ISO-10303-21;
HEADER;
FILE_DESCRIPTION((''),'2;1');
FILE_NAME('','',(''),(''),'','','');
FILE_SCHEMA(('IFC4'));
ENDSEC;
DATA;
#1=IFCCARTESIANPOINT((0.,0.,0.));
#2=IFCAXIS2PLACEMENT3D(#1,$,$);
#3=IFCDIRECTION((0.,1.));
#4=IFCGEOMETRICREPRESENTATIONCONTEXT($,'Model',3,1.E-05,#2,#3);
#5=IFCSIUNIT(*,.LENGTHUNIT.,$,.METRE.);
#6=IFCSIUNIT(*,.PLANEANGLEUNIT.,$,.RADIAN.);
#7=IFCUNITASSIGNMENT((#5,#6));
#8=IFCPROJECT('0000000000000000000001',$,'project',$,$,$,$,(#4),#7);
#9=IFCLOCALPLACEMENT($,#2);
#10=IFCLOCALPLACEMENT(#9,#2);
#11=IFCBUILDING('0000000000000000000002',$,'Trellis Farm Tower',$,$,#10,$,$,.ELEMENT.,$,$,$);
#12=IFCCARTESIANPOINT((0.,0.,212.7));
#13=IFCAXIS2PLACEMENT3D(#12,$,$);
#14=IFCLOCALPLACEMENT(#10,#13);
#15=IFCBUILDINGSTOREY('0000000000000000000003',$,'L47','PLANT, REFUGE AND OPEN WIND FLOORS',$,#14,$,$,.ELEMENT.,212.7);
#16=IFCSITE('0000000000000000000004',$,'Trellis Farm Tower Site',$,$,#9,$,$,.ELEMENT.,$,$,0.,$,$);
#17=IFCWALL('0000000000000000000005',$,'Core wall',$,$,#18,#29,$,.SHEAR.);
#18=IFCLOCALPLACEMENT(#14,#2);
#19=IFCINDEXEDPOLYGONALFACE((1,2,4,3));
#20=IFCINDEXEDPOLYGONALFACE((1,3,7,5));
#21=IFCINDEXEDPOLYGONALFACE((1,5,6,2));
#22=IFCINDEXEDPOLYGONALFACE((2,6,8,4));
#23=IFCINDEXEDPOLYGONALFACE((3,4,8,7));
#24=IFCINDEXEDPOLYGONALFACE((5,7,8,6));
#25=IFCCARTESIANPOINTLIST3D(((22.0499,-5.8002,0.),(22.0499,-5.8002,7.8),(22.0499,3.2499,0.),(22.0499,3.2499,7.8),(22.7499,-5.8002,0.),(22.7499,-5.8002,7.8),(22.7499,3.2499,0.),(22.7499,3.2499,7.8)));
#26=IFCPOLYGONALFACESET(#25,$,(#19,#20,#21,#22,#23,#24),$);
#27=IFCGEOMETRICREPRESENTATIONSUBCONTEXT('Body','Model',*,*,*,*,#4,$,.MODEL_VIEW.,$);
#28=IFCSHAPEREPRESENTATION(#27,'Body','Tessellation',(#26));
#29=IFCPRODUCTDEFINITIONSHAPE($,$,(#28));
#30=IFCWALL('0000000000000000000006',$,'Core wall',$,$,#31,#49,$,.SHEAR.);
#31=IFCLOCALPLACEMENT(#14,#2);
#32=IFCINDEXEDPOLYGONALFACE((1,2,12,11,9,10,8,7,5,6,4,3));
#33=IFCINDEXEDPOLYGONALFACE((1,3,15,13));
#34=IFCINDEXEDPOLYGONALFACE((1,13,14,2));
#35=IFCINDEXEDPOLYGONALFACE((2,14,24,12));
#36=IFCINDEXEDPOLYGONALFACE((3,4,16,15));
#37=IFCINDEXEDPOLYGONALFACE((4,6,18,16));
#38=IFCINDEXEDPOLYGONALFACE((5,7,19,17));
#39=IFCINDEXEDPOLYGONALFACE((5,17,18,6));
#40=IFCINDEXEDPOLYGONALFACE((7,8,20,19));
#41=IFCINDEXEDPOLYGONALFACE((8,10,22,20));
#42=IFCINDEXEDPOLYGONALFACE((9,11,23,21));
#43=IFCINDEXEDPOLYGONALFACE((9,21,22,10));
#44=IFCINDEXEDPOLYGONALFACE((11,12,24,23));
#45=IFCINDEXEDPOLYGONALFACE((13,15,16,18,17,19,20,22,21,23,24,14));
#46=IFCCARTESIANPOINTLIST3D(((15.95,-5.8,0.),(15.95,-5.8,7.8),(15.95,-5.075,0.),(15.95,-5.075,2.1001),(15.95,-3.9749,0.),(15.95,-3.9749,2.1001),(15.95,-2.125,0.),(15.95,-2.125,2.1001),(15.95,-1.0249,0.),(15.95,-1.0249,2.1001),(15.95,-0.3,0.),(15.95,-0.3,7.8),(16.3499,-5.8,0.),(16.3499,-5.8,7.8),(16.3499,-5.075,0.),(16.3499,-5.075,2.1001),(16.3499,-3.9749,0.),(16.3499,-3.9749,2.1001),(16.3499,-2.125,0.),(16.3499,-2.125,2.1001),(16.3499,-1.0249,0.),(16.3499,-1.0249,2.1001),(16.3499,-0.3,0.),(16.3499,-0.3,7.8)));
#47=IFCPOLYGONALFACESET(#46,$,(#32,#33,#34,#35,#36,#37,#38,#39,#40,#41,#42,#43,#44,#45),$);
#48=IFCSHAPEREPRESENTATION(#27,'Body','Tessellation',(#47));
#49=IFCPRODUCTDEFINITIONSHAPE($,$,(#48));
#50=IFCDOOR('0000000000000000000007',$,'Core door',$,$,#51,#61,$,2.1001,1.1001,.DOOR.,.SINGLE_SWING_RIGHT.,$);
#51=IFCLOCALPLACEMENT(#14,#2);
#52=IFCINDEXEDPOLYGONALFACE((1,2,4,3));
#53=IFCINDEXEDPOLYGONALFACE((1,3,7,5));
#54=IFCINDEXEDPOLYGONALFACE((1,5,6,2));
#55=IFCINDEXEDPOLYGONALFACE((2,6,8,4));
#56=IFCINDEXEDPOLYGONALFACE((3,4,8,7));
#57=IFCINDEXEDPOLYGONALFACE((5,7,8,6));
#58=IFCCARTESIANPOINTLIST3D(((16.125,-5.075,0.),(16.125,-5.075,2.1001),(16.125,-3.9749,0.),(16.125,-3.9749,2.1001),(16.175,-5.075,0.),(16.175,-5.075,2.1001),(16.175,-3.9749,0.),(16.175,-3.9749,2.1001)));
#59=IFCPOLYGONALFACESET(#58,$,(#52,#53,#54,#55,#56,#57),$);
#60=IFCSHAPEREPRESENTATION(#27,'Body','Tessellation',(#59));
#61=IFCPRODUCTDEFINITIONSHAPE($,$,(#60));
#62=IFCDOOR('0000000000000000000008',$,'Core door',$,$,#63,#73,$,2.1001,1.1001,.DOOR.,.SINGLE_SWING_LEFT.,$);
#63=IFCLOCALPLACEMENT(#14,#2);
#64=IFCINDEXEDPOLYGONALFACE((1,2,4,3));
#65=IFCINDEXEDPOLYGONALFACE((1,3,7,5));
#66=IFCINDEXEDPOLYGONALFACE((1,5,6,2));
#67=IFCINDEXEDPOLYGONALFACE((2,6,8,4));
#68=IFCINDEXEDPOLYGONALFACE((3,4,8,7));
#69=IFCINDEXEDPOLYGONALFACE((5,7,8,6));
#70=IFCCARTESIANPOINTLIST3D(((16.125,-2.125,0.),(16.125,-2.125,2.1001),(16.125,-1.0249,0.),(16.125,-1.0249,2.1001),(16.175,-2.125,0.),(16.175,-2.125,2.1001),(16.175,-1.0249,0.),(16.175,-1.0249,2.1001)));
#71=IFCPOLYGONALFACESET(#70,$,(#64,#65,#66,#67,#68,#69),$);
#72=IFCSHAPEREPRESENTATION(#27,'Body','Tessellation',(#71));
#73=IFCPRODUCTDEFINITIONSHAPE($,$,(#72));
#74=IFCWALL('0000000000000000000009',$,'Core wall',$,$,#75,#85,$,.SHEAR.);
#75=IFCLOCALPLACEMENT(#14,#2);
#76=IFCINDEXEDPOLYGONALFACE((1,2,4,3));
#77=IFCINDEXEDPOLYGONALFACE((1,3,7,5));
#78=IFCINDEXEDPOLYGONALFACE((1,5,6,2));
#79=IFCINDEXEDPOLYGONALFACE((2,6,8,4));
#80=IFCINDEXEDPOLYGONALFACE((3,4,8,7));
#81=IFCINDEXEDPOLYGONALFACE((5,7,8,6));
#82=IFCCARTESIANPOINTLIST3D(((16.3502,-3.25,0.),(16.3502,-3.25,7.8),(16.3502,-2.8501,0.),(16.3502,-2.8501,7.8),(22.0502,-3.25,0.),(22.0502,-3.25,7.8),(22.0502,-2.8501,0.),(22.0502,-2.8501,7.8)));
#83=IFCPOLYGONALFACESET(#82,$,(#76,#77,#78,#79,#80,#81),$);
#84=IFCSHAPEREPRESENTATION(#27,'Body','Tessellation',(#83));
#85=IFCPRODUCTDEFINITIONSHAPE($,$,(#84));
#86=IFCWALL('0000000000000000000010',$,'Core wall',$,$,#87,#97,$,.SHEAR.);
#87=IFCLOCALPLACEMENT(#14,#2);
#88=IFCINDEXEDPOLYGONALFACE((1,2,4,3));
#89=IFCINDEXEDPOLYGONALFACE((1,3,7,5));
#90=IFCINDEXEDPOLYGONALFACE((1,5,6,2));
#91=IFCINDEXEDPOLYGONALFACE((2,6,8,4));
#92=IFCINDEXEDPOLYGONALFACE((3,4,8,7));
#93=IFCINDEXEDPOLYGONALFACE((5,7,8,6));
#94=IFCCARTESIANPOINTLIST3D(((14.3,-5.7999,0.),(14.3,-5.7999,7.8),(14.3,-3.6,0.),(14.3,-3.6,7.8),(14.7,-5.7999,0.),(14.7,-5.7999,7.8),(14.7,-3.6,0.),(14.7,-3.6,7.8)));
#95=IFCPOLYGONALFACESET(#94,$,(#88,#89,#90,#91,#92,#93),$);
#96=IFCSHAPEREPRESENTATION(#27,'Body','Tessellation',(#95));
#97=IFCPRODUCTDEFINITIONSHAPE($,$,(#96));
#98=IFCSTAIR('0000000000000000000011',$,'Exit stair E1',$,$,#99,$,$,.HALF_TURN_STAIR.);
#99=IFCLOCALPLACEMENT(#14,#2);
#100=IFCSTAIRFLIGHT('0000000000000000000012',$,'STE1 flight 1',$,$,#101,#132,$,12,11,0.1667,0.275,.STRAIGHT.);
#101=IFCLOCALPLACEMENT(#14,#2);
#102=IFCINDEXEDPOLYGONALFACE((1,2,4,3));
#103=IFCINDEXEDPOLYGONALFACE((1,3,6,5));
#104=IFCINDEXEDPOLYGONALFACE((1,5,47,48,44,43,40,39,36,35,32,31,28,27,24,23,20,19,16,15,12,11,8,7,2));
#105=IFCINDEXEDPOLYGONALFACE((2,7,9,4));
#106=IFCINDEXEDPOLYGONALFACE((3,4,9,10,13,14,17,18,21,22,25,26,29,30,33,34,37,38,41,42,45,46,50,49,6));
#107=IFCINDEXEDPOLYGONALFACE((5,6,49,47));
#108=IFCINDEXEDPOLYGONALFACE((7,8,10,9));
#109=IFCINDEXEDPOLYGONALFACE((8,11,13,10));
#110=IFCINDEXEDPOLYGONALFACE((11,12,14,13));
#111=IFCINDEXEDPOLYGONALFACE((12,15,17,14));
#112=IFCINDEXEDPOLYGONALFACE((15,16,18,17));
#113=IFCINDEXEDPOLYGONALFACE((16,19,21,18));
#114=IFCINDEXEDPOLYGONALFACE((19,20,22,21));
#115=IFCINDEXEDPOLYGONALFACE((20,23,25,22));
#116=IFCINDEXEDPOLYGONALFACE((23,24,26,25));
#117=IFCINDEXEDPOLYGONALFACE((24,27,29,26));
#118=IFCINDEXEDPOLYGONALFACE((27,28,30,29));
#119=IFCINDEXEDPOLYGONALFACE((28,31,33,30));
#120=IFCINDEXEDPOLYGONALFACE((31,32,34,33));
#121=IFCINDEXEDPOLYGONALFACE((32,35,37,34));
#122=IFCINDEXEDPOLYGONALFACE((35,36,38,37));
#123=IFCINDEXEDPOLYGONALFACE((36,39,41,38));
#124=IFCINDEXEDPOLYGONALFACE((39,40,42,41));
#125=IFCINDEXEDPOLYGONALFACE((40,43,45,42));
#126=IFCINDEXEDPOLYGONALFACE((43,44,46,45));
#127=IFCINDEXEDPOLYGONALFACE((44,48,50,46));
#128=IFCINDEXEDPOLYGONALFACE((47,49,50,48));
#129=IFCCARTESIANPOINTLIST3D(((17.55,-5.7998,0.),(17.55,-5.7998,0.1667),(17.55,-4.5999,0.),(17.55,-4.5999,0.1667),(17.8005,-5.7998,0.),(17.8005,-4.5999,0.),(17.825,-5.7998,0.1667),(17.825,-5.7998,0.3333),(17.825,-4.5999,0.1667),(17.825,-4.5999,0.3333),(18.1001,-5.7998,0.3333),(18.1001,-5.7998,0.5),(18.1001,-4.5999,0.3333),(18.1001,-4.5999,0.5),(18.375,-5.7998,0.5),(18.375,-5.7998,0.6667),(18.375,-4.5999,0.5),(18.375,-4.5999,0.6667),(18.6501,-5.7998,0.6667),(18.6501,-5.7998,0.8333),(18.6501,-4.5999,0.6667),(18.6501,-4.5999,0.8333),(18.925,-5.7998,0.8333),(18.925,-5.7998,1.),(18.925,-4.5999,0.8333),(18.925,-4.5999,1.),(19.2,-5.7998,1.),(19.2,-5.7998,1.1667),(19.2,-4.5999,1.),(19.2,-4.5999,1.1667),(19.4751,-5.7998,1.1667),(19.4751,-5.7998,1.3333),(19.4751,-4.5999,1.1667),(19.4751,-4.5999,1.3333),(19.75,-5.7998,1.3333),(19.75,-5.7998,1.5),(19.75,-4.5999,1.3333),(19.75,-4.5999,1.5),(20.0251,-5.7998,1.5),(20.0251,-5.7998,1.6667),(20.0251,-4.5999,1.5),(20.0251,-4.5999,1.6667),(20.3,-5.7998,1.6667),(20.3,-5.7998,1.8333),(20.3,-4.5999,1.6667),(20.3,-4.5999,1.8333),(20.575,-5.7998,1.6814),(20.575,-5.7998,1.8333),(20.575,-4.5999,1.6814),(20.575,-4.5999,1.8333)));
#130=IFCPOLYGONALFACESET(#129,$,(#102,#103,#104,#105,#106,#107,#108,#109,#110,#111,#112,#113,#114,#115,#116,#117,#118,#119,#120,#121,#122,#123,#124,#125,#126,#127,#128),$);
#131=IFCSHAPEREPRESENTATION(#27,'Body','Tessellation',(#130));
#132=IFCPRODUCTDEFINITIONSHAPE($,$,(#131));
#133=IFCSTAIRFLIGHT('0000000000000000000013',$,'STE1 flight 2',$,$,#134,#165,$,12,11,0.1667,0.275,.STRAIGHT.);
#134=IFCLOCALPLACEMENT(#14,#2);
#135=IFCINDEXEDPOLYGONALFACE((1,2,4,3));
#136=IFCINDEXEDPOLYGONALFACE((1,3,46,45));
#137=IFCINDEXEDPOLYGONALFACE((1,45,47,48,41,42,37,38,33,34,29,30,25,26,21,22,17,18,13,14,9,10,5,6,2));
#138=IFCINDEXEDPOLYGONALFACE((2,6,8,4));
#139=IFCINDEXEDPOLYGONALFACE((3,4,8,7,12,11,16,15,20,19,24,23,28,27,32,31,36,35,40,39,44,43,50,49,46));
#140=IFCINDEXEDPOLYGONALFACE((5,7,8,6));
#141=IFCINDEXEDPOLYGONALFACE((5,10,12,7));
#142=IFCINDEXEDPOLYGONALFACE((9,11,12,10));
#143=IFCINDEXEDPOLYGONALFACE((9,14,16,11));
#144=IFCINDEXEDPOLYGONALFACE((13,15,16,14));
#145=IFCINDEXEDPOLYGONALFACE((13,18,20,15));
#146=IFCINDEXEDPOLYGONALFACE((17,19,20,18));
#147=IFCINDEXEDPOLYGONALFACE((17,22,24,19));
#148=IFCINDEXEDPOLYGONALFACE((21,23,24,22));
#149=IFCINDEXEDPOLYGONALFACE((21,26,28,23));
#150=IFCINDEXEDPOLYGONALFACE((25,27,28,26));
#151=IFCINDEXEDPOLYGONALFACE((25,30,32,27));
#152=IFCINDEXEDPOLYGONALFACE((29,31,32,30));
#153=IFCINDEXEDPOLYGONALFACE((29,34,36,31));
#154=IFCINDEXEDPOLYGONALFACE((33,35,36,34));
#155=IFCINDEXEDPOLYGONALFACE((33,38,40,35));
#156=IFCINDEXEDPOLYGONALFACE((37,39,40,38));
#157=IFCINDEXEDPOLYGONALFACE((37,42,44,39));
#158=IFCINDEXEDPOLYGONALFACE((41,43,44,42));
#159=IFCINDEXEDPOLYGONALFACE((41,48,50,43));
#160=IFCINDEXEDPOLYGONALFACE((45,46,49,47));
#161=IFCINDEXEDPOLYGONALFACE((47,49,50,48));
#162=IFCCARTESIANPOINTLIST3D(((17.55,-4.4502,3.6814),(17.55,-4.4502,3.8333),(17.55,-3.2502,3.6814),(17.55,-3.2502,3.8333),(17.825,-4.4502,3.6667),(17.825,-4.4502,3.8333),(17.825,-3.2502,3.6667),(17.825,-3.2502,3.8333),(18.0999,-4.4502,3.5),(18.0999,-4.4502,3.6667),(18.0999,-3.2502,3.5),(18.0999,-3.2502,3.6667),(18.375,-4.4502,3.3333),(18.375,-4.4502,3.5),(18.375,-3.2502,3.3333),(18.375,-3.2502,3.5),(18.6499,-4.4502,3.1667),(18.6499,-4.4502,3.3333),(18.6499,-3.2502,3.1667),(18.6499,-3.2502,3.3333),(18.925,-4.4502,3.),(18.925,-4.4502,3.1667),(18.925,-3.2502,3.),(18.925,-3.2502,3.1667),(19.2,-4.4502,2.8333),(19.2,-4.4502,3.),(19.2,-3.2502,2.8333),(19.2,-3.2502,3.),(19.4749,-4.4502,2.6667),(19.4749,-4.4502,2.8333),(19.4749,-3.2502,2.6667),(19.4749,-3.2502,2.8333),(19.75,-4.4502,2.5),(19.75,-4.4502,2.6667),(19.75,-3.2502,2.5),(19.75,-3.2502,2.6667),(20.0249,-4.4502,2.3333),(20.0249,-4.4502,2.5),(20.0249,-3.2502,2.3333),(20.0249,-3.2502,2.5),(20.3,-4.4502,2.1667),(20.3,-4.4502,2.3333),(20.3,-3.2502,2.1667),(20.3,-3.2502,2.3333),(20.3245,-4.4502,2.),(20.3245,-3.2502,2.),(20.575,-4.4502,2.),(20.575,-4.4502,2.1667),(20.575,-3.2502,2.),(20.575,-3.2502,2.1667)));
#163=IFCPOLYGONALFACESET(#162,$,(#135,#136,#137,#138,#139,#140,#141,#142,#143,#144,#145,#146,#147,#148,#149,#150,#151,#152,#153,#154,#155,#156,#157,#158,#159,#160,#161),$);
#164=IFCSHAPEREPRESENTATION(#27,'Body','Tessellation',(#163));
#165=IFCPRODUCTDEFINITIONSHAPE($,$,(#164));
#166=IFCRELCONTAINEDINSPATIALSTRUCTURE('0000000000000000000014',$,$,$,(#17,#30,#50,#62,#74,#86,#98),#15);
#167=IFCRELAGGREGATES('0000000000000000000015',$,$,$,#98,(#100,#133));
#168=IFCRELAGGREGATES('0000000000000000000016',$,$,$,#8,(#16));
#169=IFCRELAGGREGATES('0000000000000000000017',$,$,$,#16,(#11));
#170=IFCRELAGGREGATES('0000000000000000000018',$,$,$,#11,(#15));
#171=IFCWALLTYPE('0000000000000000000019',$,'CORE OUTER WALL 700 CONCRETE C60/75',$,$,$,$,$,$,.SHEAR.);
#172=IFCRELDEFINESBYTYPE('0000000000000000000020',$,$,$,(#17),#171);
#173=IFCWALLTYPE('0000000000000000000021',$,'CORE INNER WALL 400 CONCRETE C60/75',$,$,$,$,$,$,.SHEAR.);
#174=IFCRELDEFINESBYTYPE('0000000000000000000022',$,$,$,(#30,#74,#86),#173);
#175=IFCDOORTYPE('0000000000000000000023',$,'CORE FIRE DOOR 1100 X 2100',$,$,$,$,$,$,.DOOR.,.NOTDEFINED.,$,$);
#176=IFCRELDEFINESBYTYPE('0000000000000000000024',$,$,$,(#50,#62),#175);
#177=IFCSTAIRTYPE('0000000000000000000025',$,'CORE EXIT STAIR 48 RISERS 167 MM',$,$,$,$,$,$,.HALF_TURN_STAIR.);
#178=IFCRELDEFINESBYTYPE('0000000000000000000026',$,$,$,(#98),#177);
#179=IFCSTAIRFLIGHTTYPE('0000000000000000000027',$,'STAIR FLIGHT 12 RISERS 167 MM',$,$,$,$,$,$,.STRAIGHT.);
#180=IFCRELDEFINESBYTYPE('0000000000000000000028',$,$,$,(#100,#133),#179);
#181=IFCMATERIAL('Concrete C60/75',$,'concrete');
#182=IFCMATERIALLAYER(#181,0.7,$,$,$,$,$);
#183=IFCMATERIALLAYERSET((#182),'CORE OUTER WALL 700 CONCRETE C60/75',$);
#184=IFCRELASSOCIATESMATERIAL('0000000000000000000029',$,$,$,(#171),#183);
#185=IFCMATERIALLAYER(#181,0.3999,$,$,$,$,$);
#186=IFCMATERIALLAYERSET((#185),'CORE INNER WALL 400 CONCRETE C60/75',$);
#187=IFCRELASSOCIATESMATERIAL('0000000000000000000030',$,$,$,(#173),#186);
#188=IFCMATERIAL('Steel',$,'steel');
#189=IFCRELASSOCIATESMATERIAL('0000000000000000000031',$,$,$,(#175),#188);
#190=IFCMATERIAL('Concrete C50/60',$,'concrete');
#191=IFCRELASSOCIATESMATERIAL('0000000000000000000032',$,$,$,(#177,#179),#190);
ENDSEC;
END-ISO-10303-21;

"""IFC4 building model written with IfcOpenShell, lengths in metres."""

from ifc_helpers import new_model, si_unit, direction, frame, frame_2d, origin, place, context, subcontext, project, spatial, polyline, rectangle, outline, extrude, source, transform, mapped, material, layer, layer_set, type_object, element, fill, aggregate, save


model = new_model("IFC4")

# Units and contexts
model_context = context("Model", 3, precision=1e-05, world=origin(), true_north=direction((0.0, 1.0)))
body_context = subcontext(model_context, "Body", "Model", "MODEL_VIEW")
ifc_project = project(units=[si_unit("LENGTHUNIT", "METRE"), si_unit("PLANEANGLEUNIT", "RADIAN")], contexts=[model_context])

# Site, building, storey
site_placement = place(None, origin())
site = spatial("IfcSite", under=ifc_project, at=site_placement, Name="Trellis Farm Tower Site", CompositionType="ELEMENT", RefElevation=0.0)
building_placement = place(site_placement, origin())
building = spatial("IfcBuilding", under=site, at=building_placement, Name="Trellis Farm Tower", CompositionType="ELEMENT")
storey_placement = place(building_placement, frame((0.0, 0.0, 212.7)))
storey = spatial("IfcBuildingStorey", under=building, at=storey_placement, Name="L47", Description="PLANT, REFUGE AND OPEN WIND FLOORS", CompositionType="ELEMENT", Elevation=212.7)

# Wall
ifc_material_1 = material(Name="Concrete C60/75", Category="concrete")
ifc_layer_1 = layer(ifc_material_1, 0.7)
ifc_layer_set_1 = layer_set([ifc_layer_1], Name="CORE OUTER WALL 700 CONCRETE C60/75")
wall_type_1 = type_object("IfcWallType", Name="CORE OUTER WALL 700 CONCRETE C60/75", PredefinedType="SHEAR", material=ifc_layer_set_1)
shared_shape_1 = source(origin(), body_context, "Body", "SweptSolid", [
    extrude(rectangle(XDim=9.05, YDim=0.7, at=frame_2d((4.5249, 0.0))), origin(), (0.0, 0.0, 1.0), 7.8),
])
wall_1_placement = place(storey_placement, frame((22.3999, -5.8, 0.0), z_axis=(0.0, 0.0, 1.0), x_axis=(0.0, 1.0, 0.0)))
element("IfcWall", 1, at=wall_1_placement, inside=storey, type_object=wall_type_1, Name="Core wall", PredefinedType="SHEAR", context=body_context, shape_type="MappedRepresentation", body=[
    mapped(shared_shape_1, transform((0.0, 0.0, 0.0))),
])

# Wall, openings, doors
ifc_layer_2 = layer(ifc_material_1, 0.3999)
ifc_layer_set_2 = layer_set([ifc_layer_2], Name="CORE INNER WALL 400 CONCRETE C60/75")
wall_type_2 = type_object("IfcWallType", Name="CORE INNER WALL 400 CONCRETE C60/75", PredefinedType="SHEAR", material=ifc_layer_set_2)
shared_shape_2 = source(origin(), body_context, "Body", "SweptSolid", [
    extrude(rectangle(XDim=5.5, YDim=0.3999, at=frame_2d((2.75, 0.0))), origin(), (0.0, 0.0, 1.0), 7.8),
])
wall_2_placement = place(storey_placement, frame((16.1499, -5.8, 0.0), z_axis=(0.0, 0.0, 1.0), x_axis=(0.0, 1.0, 0.0)))
wall_2 = element("IfcWall", 2, at=wall_2_placement, inside=storey, type_object=wall_type_2, Name="Core wall", PredefinedType="SHEAR", context=body_context, shape_type="MappedRepresentation", body=[
    mapped(shared_shape_2, transform((0.0, 0.0, 0.0))),
])
shared_shape_3 = source(origin(), body_context, "Body", "SweptSolid", [
    extrude(rectangle(XDim=1.1001, YDim=2.1001, at=frame_2d((0.55, 1.05))), frame((0.0, 0.21, 0.0), z_axis=(0.0, -1.0, 0.0), x_axis=(1.0, 0.0, 0.0)), (0.0, 0.0, 1.0), 0.4199),
])
opening_1_placement = place(wall_2_placement, frame((0.7251, 0.0, 0.0)))
opening_1 = element("IfcOpeningElement", 3, at=opening_1_placement, cuts=wall_2, PredefinedType="OPENING", context=body_context, shape_type="MappedRepresentation", body=[
    mapped(shared_shape_3, transform((0.0, 0.0, 0.0))),
])
opening_2_placement = place(wall_2_placement, frame((3.675, 0.0, 0.0)))
opening_2 = element("IfcOpeningElement", 4, at=opening_2_placement, cuts=wall_2, PredefinedType="OPENING", context=body_context, shape_type="MappedRepresentation", body=[
    mapped(shared_shape_3, transform((0.0, 0.0, 0.0))),
])
ifc_material_2 = material(Name="Steel", Category="steel")
door_type = type_object("IfcDoorType", Name="CORE FIRE DOOR 1100 X 2100", OperationType="NOTDEFINED", PredefinedType="DOOR", material=ifc_material_2)
shared_shape_4 = source(origin(), body_context, "Body", "SweptSolid", [
    extrude(rectangle(XDim=1.1001, YDim=2.1001, at=frame_2d((0.55, 1.05))), frame((0.0, 0.0249, 0.0), z_axis=(0.0, -1.0, 0.0), x_axis=(1.0, 0.0, 0.0)), (0.0, 0.0, 1.0), 0.05),
])
door_1_placement = place(opening_1_placement, origin())
door_1 = element("IfcDoor", 5, at=door_1_placement, inside=storey, type_object=door_type, Name="Core door", OperationType="SINGLE_SWING_RIGHT", OverallHeight=2.1001, OverallWidth=1.1001, PredefinedType="DOOR", context=body_context, shape_type="MappedRepresentation", body=[
    mapped(shared_shape_4, transform((0.0, 0.0, 0.0))),
])
fill(opening_1, door_1)
door_2_placement = place(opening_2_placement, origin())
door_2 = element("IfcDoor", 6, at=door_2_placement, inside=storey, type_object=door_type, Name="Core door", OperationType="SINGLE_SWING_LEFT", OverallHeight=2.1001, OverallWidth=1.1001, PredefinedType="DOOR", context=body_context, shape_type="MappedRepresentation", body=[
    mapped(shared_shape_4, transform((0.0, 0.0, 0.0))),
])
fill(opening_2, door_2)

# Walls
shared_shape_5 = source(origin(), body_context, "Body", "SweptSolid", [
    extrude(rectangle(XDim=5.7, YDim=0.3999, at=frame_2d((2.8501, 0.0))), origin(), (0.0, 0.0, 1.0), 7.8),
])
wall_3_placement = place(storey_placement, frame((16.3501, -3.05, 0.0), z_axis=(0.0, 0.0, 1.0), x_axis=(1.0, 0.0, 0.0)))
element("IfcWall", 7, at=wall_3_placement, inside=storey, type_object=wall_type_2, Name="Core wall", PredefinedType="SHEAR", context=body_context, shape_type="MappedRepresentation", body=[
    mapped(shared_shape_5, transform((0.0, 0.0, 0.0))),
])
shared_shape_6 = source(origin(), body_context, "Body", "SweptSolid", [
    extrude(rectangle(XDim=2.2, YDim=0.3999, at=frame_2d((1.1001, 0.0))), origin(), (0.0, 0.0, 1.0), 7.8),
])
wall_4_placement = place(storey_placement, frame((14.5, -5.8, 0.0), z_axis=(0.0, 0.0, 1.0), x_axis=(0.0, 1.0, 0.0)))
element("IfcWall", 8, at=wall_4_placement, inside=storey, type_object=wall_type_2, Name="Core wall", PredefinedType="SHEAR", context=body_context, shape_type="MappedRepresentation", body=[
    mapped(shared_shape_6, transform((0.0, 0.0, 0.0))),
])

# Stair, stair flights
ifc_material_3 = material(Name="Concrete C50/60", Category="concrete")
stair_type = type_object("IfcStairType", Name="CORE EXIT STAIR 48 RISERS 167 MM", PredefinedType="HALF_TURN_STAIR", material=ifc_material_3)
placement = place(storey_placement, origin())
stair_1 = element("IfcStair", 9, at=placement, inside=storey, type_object=stair_type, Name="Exit stair E1", PredefinedType="HALF_TURN_STAIR")
stair_flight_type = type_object("IfcStairFlightType", Name="STAIR FLIGHT 12 RISERS 167 MM", PredefinedType="STRAIGHT", material=ifc_material_3)
shared_shape_7 = source(origin(), body_context, "Body", "SweptSolid", [
    extrude(outline(polyline([(0.0, 0.0), (0.0, 0.1667), (0.2749, 0.1667), (0.2749, 0.3333), (0.55, 0.3333), (0.55, 0.5), (0.825, 0.5), (0.825, 0.6667), (1.1001, 0.6667), (1.1001, 0.8333), (1.375, 0.8333), (1.375, 1.0), (1.6499, 1.0), (1.6499, 1.1667), (1.925, 1.1667), (1.925, 1.3333), (2.2, 1.3333), (2.2, 1.5), (2.4751, 1.5), (2.4751, 1.6667), (2.75, 1.6667), (2.75, 1.8333), (3.0249, 1.8333), (3.0249, 2.0), (3.0249, 1.6814), (0.2505, 0.0), (0.0, 0.0)])), frame((0.0, 0.6001, 0.0), z_axis=(0.0, -1.0, 0.0), x_axis=(1.0, 0.0, 0.0)), (0.0, 0.0, 1.0), 1.2),
])
stair_flight_1_placement = place(storey_placement, frame((17.55, -5.2, 0.0), z_axis=(0.0, 0.0, 1.0), x_axis=(1.0, 0.0, 0.0)))
stair_flight_1 = element("IfcStairFlight", 10, at=stair_flight_1_placement, type_object=stair_flight_type, Name="STE1 flight 1", NumberOfRisers=12, NumberOfTreads=11, PredefinedType="STRAIGHT", RiserHeight=0.1667, TreadLength=0.275, context=body_context, shape_type="MappedRepresentation", body=[
    mapped(shared_shape_7, transform((0.0, 0.0, 0.0))),
])
stair_flight_2_placement = place(storey_placement, frame((20.575, -3.8501, 2.0), z_axis=(0.0, 0.0, 1.0), x_axis=(-1.0, 0.0, 0.0)))
stair_flight_2 = element("IfcStairFlight", 11, at=stair_flight_2_placement, type_object=stair_flight_type, Name="STE1 flight 2", NumberOfRisers=12, NumberOfTreads=11, PredefinedType="STRAIGHT", RiserHeight=0.1667, TreadLength=0.275, context=body_context, shape_type="MappedRepresentation", body=[
    mapped(shared_shape_7, transform((0.0, 0.0, 0.0))),
])
aggregate(stair_1, [stair_flight_1, stair_flight_2])

save(model, "model.ifc")
